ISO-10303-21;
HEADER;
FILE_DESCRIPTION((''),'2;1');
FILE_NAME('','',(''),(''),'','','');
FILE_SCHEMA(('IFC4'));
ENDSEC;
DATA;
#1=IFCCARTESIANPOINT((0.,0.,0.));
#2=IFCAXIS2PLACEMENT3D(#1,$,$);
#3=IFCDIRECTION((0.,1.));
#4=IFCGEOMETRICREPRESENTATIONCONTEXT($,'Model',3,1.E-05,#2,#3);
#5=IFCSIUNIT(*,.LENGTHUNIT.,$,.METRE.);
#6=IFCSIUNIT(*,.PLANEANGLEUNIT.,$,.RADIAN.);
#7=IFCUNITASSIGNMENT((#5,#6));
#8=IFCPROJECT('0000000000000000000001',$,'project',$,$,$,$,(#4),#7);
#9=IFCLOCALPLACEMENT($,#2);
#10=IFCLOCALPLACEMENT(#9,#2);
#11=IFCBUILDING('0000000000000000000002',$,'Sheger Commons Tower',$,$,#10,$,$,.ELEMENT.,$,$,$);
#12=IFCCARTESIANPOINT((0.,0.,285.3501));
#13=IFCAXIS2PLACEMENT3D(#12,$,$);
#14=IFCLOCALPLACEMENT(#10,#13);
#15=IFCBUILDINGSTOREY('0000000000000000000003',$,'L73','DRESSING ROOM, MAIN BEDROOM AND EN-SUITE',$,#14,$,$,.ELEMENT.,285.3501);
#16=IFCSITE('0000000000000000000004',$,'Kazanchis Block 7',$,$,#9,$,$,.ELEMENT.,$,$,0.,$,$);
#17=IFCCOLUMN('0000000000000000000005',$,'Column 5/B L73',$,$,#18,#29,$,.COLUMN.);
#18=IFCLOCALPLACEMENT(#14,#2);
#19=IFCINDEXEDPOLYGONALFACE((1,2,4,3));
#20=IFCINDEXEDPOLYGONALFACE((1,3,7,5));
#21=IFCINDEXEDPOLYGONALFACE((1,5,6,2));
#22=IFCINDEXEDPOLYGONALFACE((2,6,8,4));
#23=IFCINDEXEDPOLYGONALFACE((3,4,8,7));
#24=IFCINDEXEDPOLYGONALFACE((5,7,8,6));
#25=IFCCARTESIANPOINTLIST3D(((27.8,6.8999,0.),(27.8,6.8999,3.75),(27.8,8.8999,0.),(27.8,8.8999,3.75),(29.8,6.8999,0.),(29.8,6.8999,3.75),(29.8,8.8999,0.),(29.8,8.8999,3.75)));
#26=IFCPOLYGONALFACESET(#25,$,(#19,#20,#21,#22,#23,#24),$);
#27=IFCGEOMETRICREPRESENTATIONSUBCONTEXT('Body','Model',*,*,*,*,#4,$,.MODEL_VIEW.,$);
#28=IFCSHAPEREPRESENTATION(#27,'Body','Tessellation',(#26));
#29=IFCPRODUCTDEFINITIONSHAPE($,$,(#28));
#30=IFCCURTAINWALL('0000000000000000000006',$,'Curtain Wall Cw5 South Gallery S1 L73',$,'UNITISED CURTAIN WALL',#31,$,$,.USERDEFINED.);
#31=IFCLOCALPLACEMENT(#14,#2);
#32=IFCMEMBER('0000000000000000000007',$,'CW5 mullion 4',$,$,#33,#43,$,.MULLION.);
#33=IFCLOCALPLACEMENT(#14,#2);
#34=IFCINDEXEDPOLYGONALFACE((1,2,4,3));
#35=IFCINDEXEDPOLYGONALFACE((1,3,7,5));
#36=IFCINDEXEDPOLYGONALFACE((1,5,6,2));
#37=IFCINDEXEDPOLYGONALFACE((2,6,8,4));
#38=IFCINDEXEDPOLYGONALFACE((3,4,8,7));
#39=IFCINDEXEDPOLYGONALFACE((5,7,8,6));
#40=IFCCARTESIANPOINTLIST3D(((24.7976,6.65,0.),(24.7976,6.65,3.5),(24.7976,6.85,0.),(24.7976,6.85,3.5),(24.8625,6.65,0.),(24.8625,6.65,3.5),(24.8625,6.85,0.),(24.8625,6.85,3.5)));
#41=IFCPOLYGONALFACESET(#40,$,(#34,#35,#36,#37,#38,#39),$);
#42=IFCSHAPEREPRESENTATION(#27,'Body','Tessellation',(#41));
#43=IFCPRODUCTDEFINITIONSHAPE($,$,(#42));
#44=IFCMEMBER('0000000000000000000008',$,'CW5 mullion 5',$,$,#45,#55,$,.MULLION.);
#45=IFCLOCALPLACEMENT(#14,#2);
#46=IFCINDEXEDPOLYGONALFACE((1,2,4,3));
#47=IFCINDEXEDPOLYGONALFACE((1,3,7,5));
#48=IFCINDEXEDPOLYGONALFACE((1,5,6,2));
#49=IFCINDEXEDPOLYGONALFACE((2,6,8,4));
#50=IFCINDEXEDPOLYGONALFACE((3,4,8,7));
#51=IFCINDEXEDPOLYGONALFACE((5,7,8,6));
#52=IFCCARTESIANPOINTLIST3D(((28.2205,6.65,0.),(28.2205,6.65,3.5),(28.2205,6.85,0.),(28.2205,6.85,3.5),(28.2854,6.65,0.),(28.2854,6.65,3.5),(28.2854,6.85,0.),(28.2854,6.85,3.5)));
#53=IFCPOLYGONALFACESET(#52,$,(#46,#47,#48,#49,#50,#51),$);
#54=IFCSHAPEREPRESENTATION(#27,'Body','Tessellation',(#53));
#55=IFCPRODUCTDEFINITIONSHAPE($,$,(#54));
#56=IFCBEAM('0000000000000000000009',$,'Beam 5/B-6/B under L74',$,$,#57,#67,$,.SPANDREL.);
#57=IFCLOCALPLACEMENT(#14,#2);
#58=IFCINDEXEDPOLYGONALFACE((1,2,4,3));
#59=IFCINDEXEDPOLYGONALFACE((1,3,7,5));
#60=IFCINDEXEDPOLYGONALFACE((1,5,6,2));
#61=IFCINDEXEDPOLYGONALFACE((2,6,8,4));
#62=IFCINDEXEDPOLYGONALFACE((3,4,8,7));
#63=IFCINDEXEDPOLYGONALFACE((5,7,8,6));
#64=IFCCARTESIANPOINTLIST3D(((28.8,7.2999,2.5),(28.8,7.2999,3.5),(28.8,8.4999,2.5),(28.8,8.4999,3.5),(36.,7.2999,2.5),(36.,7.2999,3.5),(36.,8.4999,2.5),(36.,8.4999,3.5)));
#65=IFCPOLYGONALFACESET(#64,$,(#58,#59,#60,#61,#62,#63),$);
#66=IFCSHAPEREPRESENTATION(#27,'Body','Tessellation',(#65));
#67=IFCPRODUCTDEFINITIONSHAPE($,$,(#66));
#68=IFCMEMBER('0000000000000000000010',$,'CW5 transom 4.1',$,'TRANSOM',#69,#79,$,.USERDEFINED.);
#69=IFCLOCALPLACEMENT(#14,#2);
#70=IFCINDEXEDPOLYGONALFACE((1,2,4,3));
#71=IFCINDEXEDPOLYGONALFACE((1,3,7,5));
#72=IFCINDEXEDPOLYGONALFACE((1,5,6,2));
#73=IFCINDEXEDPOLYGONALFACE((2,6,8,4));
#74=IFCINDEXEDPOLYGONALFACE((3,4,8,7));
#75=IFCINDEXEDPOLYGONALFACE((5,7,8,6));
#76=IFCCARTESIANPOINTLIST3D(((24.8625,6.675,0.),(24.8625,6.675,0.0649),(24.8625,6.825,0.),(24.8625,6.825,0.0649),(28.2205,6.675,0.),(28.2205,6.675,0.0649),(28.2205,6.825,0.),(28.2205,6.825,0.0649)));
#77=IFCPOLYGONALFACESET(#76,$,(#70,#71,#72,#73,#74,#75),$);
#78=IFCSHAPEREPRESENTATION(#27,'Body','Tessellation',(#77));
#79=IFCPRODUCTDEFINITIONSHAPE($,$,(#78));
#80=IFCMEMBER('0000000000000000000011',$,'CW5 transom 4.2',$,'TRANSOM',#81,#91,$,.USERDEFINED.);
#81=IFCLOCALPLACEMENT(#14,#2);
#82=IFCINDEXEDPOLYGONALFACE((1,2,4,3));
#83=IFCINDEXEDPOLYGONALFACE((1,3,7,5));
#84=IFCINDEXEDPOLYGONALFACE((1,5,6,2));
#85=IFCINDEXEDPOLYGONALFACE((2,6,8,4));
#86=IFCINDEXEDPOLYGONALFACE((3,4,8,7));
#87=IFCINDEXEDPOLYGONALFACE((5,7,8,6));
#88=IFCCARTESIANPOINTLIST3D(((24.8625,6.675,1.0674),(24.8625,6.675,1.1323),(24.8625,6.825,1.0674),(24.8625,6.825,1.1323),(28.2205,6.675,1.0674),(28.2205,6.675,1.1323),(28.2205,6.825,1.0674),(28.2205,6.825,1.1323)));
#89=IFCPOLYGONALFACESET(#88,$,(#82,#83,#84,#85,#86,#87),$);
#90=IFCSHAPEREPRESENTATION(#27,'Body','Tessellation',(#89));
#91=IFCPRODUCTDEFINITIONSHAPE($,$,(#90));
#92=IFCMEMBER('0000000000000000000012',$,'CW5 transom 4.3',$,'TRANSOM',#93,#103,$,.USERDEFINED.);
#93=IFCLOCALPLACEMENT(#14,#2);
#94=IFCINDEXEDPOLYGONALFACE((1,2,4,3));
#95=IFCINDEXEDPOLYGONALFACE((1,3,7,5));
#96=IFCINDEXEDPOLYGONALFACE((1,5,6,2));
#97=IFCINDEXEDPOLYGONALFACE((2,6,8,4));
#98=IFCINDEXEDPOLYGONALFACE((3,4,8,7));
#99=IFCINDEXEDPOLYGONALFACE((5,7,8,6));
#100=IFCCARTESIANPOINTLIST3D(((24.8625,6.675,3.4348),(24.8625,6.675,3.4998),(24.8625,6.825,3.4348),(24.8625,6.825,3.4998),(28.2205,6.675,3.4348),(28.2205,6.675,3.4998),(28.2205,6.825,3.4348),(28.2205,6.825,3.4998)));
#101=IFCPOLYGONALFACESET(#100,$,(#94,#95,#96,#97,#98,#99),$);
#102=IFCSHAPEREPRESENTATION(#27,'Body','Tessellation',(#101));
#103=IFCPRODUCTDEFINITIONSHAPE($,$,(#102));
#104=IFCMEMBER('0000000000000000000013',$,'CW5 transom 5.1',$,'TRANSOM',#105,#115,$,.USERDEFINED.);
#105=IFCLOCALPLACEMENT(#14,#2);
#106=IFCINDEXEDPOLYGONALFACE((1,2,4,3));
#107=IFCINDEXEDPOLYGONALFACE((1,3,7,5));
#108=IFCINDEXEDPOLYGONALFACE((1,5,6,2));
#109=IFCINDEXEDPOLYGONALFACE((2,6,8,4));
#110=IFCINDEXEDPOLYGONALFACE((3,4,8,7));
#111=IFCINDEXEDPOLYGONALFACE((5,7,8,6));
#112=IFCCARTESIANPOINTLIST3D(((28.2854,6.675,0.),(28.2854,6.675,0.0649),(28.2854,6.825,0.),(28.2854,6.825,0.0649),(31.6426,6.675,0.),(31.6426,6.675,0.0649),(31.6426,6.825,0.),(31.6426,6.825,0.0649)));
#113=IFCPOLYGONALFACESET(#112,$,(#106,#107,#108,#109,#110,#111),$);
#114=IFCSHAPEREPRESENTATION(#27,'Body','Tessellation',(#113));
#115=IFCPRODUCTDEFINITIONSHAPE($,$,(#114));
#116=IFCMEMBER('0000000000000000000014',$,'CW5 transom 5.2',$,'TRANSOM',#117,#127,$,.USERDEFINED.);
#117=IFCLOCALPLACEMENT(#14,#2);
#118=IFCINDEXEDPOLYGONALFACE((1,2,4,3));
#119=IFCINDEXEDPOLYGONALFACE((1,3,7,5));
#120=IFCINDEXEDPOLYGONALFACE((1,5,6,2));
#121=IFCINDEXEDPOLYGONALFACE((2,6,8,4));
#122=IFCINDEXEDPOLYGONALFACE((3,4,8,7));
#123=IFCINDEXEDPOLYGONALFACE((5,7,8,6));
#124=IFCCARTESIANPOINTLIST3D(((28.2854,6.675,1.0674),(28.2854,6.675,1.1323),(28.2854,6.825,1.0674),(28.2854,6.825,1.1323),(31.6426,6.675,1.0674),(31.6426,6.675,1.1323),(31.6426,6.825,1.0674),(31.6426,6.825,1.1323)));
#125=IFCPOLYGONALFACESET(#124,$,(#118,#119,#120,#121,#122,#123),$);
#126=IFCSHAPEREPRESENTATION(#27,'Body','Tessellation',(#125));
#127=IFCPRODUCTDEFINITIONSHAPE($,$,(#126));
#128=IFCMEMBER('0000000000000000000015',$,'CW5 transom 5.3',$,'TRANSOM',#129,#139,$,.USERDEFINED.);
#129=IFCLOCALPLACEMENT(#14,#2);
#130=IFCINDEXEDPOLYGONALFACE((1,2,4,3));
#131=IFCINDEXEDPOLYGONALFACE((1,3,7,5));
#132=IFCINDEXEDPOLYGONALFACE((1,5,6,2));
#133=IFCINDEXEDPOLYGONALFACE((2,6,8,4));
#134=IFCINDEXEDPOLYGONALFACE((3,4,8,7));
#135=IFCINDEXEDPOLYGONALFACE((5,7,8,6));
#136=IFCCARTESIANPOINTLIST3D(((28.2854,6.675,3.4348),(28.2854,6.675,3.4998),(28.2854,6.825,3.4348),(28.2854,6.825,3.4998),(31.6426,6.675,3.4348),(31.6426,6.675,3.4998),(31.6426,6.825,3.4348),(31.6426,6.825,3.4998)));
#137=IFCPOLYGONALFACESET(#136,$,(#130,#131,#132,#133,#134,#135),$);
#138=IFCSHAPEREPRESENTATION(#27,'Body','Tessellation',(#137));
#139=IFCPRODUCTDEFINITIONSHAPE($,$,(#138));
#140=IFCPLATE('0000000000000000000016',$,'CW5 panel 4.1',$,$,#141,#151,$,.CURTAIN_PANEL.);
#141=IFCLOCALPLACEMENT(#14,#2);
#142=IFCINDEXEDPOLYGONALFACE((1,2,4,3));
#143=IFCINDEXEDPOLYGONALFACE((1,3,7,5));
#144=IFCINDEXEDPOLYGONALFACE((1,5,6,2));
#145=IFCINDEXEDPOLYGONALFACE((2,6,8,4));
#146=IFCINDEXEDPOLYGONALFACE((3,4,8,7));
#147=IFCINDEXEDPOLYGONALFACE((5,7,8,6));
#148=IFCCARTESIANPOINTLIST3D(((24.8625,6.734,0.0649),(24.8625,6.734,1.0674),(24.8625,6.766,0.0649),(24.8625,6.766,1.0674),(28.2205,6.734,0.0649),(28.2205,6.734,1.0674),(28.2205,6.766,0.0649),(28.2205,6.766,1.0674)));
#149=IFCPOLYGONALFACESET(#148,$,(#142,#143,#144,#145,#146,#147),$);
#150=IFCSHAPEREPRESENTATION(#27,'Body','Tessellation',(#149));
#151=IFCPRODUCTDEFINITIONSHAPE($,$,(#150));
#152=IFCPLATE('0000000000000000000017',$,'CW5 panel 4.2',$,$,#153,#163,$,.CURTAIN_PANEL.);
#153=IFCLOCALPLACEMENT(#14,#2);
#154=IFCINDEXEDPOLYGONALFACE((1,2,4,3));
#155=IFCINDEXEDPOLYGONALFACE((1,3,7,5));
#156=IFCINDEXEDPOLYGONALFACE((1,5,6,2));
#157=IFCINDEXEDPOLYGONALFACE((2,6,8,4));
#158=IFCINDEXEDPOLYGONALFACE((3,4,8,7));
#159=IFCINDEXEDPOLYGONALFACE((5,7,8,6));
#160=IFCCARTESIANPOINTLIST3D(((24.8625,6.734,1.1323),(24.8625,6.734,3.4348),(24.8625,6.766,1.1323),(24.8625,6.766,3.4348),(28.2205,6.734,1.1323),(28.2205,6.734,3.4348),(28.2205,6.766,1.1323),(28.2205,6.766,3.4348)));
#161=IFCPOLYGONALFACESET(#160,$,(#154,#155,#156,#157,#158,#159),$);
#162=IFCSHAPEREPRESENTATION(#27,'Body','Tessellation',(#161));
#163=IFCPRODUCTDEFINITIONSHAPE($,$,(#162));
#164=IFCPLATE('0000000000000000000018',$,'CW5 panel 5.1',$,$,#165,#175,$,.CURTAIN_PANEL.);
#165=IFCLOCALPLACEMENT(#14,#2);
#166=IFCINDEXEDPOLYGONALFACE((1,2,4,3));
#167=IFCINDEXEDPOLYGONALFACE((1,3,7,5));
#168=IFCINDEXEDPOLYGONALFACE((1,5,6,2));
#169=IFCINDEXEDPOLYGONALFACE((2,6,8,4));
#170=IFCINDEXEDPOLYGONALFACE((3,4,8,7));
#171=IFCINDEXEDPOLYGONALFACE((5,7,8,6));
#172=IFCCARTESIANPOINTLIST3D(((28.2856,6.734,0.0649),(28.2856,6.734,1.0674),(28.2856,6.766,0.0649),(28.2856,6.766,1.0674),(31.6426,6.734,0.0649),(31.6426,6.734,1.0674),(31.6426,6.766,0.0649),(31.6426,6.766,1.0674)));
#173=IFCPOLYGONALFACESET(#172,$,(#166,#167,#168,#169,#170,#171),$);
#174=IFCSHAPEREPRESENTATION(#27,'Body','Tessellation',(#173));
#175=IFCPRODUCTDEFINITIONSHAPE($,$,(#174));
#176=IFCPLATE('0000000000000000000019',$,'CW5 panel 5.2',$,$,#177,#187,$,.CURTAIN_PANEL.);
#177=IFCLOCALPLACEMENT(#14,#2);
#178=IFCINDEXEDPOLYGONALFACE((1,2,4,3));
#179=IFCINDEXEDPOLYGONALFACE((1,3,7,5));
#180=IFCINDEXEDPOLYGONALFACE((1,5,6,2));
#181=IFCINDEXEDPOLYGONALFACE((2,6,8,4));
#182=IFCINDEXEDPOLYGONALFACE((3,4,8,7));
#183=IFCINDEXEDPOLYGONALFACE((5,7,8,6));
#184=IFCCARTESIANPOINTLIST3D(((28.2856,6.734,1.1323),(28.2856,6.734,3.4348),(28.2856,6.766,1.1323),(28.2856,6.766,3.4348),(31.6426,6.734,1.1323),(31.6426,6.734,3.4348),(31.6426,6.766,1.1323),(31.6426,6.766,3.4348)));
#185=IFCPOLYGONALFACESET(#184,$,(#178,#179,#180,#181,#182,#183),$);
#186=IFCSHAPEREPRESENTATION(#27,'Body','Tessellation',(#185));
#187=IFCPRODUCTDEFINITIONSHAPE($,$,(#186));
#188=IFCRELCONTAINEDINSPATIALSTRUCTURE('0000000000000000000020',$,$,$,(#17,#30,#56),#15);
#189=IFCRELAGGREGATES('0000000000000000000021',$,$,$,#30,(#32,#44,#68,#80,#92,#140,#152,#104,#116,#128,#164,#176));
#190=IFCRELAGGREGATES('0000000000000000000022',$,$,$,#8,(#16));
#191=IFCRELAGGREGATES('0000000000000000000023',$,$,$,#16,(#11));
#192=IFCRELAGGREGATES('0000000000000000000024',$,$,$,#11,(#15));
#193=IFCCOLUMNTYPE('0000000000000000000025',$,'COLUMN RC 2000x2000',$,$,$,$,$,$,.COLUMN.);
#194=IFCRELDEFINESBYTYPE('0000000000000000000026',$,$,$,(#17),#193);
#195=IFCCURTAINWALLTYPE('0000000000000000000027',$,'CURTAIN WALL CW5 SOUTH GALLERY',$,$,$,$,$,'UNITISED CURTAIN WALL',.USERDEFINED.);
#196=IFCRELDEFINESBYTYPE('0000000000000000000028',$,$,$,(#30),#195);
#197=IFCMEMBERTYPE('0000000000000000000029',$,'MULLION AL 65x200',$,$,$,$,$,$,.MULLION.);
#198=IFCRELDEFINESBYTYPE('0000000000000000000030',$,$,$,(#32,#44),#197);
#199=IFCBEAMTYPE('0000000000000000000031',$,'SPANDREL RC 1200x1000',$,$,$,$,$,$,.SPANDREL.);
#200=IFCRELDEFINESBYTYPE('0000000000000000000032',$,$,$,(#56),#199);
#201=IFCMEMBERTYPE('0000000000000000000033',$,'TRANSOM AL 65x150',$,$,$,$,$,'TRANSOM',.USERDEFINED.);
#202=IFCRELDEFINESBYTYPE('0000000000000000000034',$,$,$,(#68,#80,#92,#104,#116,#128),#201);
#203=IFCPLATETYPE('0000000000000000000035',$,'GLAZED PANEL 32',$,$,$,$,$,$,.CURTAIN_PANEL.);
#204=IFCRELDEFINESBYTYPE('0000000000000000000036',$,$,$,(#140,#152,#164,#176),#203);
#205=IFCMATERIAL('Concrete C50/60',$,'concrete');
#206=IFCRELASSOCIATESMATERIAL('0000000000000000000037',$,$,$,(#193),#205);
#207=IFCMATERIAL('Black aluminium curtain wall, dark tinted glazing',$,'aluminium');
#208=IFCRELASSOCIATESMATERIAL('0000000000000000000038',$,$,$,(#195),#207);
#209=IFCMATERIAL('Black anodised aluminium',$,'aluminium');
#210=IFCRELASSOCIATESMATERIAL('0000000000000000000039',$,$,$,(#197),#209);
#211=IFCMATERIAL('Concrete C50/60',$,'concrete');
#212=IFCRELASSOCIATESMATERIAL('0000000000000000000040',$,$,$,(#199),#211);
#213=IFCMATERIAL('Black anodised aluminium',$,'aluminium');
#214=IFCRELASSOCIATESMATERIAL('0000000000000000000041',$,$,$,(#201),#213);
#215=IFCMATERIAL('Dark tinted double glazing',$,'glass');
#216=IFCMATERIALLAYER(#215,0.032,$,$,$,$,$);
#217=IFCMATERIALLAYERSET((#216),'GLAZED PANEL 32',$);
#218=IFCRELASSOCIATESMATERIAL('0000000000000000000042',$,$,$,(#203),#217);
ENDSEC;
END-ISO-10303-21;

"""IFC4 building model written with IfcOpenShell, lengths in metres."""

from ifc_helpers import new_model, si_unit, direction, frame, origin, origin_2d, place, context, subcontext, project, spatial, rectangle, extrude, material, layer, layer_set, material_profile, profile_set, type_object, element, aggregate, save


model = new_model("IFC4")

# Units and contexts
model_context = context("Model", 3, precision=1e-05, world=origin(), true_north=direction((0.0, 1.0)))
body_context = subcontext(model_context, "Body", "Model", "MODEL_VIEW")
ifc_project = project(units=[si_unit("LENGTHUNIT", "METRE"), si_unit("PLANEANGLEUNIT", "RADIAN")], contexts=[model_context])

# Site, building, storey
site_placement = place(None, origin())
site = spatial("IfcSite", under=ifc_project, at=site_placement, Name="Kazanchis Block 7", CompositionType="ELEMENT", RefElevation=0.0)
building_placement = place(site_placement, origin())
building = spatial("IfcBuilding", under=site, at=building_placement, Name="Sheger Commons Tower", CompositionType="ELEMENT")
storey_placement = place(building_placement, frame((0.0, 0.0, 285.3501)))
storey = spatial("IfcBuildingStorey", under=building, at=storey_placement, Name="L73", Description="DRESSING ROOM, MAIN BEDROOM AND EN-SUITE", CompositionType="ELEMENT", Elevation=285.3501)

# Column
ifc_material_1 = material(Name="Concrete C50/60", Category="concrete")
ifc_material_profile_1 = material_profile(ifc_material_1, rectangle(XDim=2.0, YDim=2.0, at=origin_2d()), Name="RC 2000x2000")
ifc_profile_set_1 = profile_set([ifc_material_profile_1], Name="Concrete C50/60")
column_type = type_object("IfcColumnType", Name="COLUMN RC 2000x2000", PredefinedType="COLUMN", material=ifc_profile_set_1)
column_placement = place(storey_placement, frame((28.8, 7.8999, 0.0), z_axis=(0.0, 0.0, 1.0), x_axis=(1.0, 0.0, 0.0)))
element("IfcColumn", 1, at=column_placement, inside=storey, type_object=column_type, Name="Column 5/B L73", PredefinedType="COLUMN", context=body_context, shape_type="SweptSolid", body=[
    extrude(rectangle(XDim=2.0, YDim=2.0, at=origin_2d()), origin(), (0.0, 0.0, 1.0), 3.75),
])

# Curtain wall, members
ifc_material_2 = material(Name="Black aluminium curtain wall, dark tinted glazing", Category="aluminium")
curtain_wall_type = type_object("IfcCurtainWallType", Name="CURTAIN WALL CW5 SOUTH GALLERY", ElementType="UNITISED CURTAIN WALL", PredefinedType="USERDEFINED", material=ifc_material_2)
curtain_wall_placement = place(storey_placement, origin())
curtain_wall = element("IfcCurtainWall", 2, at=curtain_wall_placement, inside=storey, type_object=curtain_wall_type, Name="Curtain Wall Cw5 South Gallery S1 L73", ObjectType="UNITISED CURTAIN WALL", PredefinedType="USERDEFINED")
ifc_material_3 = material(Name="Black anodised aluminium", Category="aluminium")
ifc_material_profile_2 = material_profile(ifc_material_3, rectangle(XDim=0.2, YDim=0.0649, at=origin_2d()), Name="AL 65x200")
ifc_profile_set_2 = profile_set([ifc_material_profile_2], Name="Black anodised aluminium")
member_type_1 = type_object("IfcMemberType", Name="MULLION AL 65x200", PredefinedType="MULLION", material=ifc_profile_set_2)
member_1_placement = place(storey_placement, frame((24.8301, 6.75, 0.0), z_axis=(0.0, 0.0, 1.0), x_axis=(0.0, 1.0, 0.0)))
member_1 = element("IfcMember", 3, at=member_1_placement, type_object=member_type_1, Name="CW5 mullion 4", PredefinedType="MULLION", context=body_context, shape_type="SweptSolid", body=[
    extrude(rectangle(XDim=0.2, YDim=0.0649, at=origin_2d()), origin(), (0.0, 0.0, 1.0), 3.5),
])
member_2_placement = place(storey_placement, frame((28.2529, 6.75, 0.0), z_axis=(0.0, 0.0, 1.0), x_axis=(0.0, 1.0, 0.0)))
member_2 = element("IfcMember", 4, at=member_2_placement, type_object=member_type_1, Name="CW5 mullion 5", PredefinedType="MULLION", context=body_context, shape_type="SweptSolid", body=[
    extrude(rectangle(XDim=0.2, YDim=0.0649, at=origin_2d()), origin(), (0.0, 0.0, 1.0), 3.5),
])

# Beam
ifc_material_4 = material(Name="Concrete C50/60", Category="concrete")
ifc_material_profile_3 = material_profile(ifc_material_4, rectangle(XDim=1.2, YDim=1.0, at=origin_2d()), Name="RC 1200x1000")
ifc_profile_set_3 = profile_set([ifc_material_profile_3], Name="Concrete C50/60")
beam_type = type_object("IfcBeamType", Name="SPANDREL RC 1200x1000", PredefinedType="SPANDREL", material=ifc_profile_set_3)
beam_placement = place(storey_placement, frame((28.8, 7.8999, 3.0), z_axis=(1.0, 0.0, 0.0), x_axis=(0.0, 1.0, 0.0)))
element("IfcBeam", 5, at=beam_placement, inside=storey, type_object=beam_type, Name="Beam 5/B-6/B under L74", PredefinedType="SPANDREL", context=body_context, shape_type="SweptSolid", body=[
    extrude(rectangle(XDim=1.2, YDim=1.0, at=origin_2d()), origin(), (0.0, 0.0, 1.0), 7.2),
])

# Members
ifc_material_5 = material(Name="Black anodised aluminium", Category="aluminium")
ifc_material_profile_4 = material_profile(ifc_material_5, rectangle(XDim=0.1499, YDim=0.0649, at=origin_2d()), Name="AL 65x150")
ifc_profile_set_4 = profile_set([ifc_material_profile_4], Name="Black anodised aluminium")
member_type_2 = type_object("IfcMemberType", Name="TRANSOM AL 65x150", ElementType="TRANSOM", PredefinedType="USERDEFINED", material=ifc_profile_set_4)
member_3_placement = place(storey_placement, frame((24.8625, 6.75, 0.0325), z_axis=(1.0, 0.0, 0.0), x_axis=(0.0, 1.0, 0.0)))
member_3 = element("IfcMember", 6, at=member_3_placement, type_object=member_type_2, Name="CW5 transom 4.1", ObjectType="TRANSOM", PredefinedType="USERDEFINED", context=body_context, shape_type="SweptSolid", body=[
    extrude(rectangle(XDim=0.1499, YDim=0.0649, at=origin_2d()), origin(), (0.0, 0.0, 1.0), 3.3579),
])
member_4_placement = place(storey_placement, frame((24.8625, 6.75, 1.0999), z_axis=(1.0, 0.0, 0.0), x_axis=(0.0, 1.0, 0.0)))
member_4 = element("IfcMember", 7, at=member_4_placement, type_object=member_type_2, Name="CW5 transom 4.2", ObjectType="TRANSOM", PredefinedType="USERDEFINED", context=body_context, shape_type="SweptSolid", body=[
    extrude(rectangle(XDim=0.1499, YDim=0.0649, at=origin_2d()), origin(), (0.0, 0.0, 1.0), 3.3579),
])
member_5_placement = place(storey_placement, frame((24.8625, 6.75, 3.4673), z_axis=(1.0, 0.0, 0.0), x_axis=(0.0, 1.0, 0.0)))
member_5 = element("IfcMember", 8, at=member_5_placement, type_object=member_type_2, Name="CW5 transom 4.3", ObjectType="TRANSOM", PredefinedType="USERDEFINED", context=body_context, shape_type="SweptSolid", body=[
    extrude(rectangle(XDim=0.1499, YDim=0.0649, at=origin_2d()), origin(), (0.0, 0.0, 1.0), 3.3579),
])
member_6_placement = place(storey_placement, frame((28.2854, 6.75, 0.0325), z_axis=(1.0, 0.0, 0.0), x_axis=(0.0, 1.0, 0.0)))
member_6 = element("IfcMember", 9, at=member_6_placement, type_object=member_type_2, Name="CW5 transom 5.1", ObjectType="TRANSOM", PredefinedType="USERDEFINED", context=body_context, shape_type="SweptSolid", body=[
    extrude(rectangle(XDim=0.1499, YDim=0.0649, at=origin_2d()), origin(), (0.0, 0.0, 1.0), 3.3572),
])
member_7_placement = place(storey_placement, frame((28.2854, 6.75, 1.0999), z_axis=(1.0, 0.0, 0.0), x_axis=(0.0, 1.0, 0.0)))
member_7 = element("IfcMember", 10, at=member_7_placement, type_object=member_type_2, Name="CW5 transom 5.2", ObjectType="TRANSOM", PredefinedType="USERDEFINED", context=body_context, shape_type="SweptSolid", body=[
    extrude(rectangle(XDim=0.1499, YDim=0.0649, at=origin_2d()), origin(), (0.0, 0.0, 1.0), 3.3572),
])
member_8_placement = place(storey_placement, frame((28.2854, 6.75, 3.4673), z_axis=(1.0, 0.0, 0.0), x_axis=(0.0, 1.0, 0.0)))
member_8 = element("IfcMember", 11, at=member_8_placement, type_object=member_type_2, Name="CW5 transom 5.3", ObjectType="TRANSOM", PredefinedType="USERDEFINED", context=body_context, shape_type="SweptSolid", body=[
    extrude(rectangle(XDim=0.1499, YDim=0.0649, at=origin_2d()), origin(), (0.0, 0.0, 1.0), 3.3572),
])

# Plates
ifc_material_6 = material(Name="Dark tinted double glazing", Category="glass")
ifc_layer_1 = layer(ifc_material_6, 0.032)
ifc_layer_set_1 = layer_set([ifc_layer_1], Name="GLAZED PANEL 32")
plate_type_1 = type_object("IfcPlateType", Name="GLAZED PANEL 32", PredefinedType="CURTAIN_PANEL", material=ifc_layer_set_1)
plate_1_placement = place(storey_placement, frame((26.5415, 6.75, 0.0649), z_axis=(0.0, 0.0, 1.0), x_axis=(1.0, 0.0, 0.0)))
plate_1 = element("IfcPlate", 12, at=plate_1_placement, type_object=plate_type_1, Name="CW5 panel 4.1", PredefinedType="CURTAIN_PANEL", context=body_context, shape_type="SweptSolid", body=[
    extrude(rectangle(XDim=3.3579, YDim=0.032, at=origin_2d()), origin(), (0.0, 0.0, 1.0), 1.0024),
])
plate_2_placement = place(storey_placement, frame((26.5415, 6.75, 1.1323), z_axis=(0.0, 0.0, 1.0), x_axis=(1.0, 0.0, 0.0)))
plate_2 = element("IfcPlate", 13, at=plate_2_placement, type_object=plate_type_1, Name="CW5 panel 4.2", PredefinedType="CURTAIN_PANEL", context=body_context, shape_type="SweptSolid", body=[
    extrude(rectangle(XDim=3.3579, YDim=0.032, at=origin_2d()), origin(), (0.0, 0.0, 1.0), 2.3025),
])
plate_3_placement = place(storey_placement, frame((29.9641, 6.75, 0.0649), z_axis=(0.0, 0.0, 1.0), x_axis=(1.0, 0.0, 0.0)))
plate_3 = element("IfcPlate", 14, at=plate_3_placement, type_object=plate_type_1, Name="CW5 panel 5.1", PredefinedType="CURTAIN_PANEL", context=body_context, shape_type="SweptSolid", body=[
    extrude(rectangle(XDim=3.3569, YDim=0.032, at=origin_2d()), origin(), (0.0, 0.0, 1.0), 1.0024),
])
plate_4_placement = place(storey_placement, frame((29.9641, 6.75, 1.1323), z_axis=(0.0, 0.0, 1.0), x_axis=(1.0, 0.0, 0.0)))
plate_4 = element("IfcPlate", 15, at=plate_4_placement, type_object=plate_type_1, Name="CW5 panel 5.2", PredefinedType="CURTAIN_PANEL", context=body_context, shape_type="SweptSolid", body=[
    extrude(rectangle(XDim=3.3569, YDim=0.032, at=origin_2d()), origin(), (0.0, 0.0, 1.0), 2.3025),
])
aggregate(curtain_wall, [member_1, member_2, member_3, member_4, member_5, plate_1, plate_2, member_6, member_7, member_8, plate_3, plate_4])

save(model, "model.ifc")
